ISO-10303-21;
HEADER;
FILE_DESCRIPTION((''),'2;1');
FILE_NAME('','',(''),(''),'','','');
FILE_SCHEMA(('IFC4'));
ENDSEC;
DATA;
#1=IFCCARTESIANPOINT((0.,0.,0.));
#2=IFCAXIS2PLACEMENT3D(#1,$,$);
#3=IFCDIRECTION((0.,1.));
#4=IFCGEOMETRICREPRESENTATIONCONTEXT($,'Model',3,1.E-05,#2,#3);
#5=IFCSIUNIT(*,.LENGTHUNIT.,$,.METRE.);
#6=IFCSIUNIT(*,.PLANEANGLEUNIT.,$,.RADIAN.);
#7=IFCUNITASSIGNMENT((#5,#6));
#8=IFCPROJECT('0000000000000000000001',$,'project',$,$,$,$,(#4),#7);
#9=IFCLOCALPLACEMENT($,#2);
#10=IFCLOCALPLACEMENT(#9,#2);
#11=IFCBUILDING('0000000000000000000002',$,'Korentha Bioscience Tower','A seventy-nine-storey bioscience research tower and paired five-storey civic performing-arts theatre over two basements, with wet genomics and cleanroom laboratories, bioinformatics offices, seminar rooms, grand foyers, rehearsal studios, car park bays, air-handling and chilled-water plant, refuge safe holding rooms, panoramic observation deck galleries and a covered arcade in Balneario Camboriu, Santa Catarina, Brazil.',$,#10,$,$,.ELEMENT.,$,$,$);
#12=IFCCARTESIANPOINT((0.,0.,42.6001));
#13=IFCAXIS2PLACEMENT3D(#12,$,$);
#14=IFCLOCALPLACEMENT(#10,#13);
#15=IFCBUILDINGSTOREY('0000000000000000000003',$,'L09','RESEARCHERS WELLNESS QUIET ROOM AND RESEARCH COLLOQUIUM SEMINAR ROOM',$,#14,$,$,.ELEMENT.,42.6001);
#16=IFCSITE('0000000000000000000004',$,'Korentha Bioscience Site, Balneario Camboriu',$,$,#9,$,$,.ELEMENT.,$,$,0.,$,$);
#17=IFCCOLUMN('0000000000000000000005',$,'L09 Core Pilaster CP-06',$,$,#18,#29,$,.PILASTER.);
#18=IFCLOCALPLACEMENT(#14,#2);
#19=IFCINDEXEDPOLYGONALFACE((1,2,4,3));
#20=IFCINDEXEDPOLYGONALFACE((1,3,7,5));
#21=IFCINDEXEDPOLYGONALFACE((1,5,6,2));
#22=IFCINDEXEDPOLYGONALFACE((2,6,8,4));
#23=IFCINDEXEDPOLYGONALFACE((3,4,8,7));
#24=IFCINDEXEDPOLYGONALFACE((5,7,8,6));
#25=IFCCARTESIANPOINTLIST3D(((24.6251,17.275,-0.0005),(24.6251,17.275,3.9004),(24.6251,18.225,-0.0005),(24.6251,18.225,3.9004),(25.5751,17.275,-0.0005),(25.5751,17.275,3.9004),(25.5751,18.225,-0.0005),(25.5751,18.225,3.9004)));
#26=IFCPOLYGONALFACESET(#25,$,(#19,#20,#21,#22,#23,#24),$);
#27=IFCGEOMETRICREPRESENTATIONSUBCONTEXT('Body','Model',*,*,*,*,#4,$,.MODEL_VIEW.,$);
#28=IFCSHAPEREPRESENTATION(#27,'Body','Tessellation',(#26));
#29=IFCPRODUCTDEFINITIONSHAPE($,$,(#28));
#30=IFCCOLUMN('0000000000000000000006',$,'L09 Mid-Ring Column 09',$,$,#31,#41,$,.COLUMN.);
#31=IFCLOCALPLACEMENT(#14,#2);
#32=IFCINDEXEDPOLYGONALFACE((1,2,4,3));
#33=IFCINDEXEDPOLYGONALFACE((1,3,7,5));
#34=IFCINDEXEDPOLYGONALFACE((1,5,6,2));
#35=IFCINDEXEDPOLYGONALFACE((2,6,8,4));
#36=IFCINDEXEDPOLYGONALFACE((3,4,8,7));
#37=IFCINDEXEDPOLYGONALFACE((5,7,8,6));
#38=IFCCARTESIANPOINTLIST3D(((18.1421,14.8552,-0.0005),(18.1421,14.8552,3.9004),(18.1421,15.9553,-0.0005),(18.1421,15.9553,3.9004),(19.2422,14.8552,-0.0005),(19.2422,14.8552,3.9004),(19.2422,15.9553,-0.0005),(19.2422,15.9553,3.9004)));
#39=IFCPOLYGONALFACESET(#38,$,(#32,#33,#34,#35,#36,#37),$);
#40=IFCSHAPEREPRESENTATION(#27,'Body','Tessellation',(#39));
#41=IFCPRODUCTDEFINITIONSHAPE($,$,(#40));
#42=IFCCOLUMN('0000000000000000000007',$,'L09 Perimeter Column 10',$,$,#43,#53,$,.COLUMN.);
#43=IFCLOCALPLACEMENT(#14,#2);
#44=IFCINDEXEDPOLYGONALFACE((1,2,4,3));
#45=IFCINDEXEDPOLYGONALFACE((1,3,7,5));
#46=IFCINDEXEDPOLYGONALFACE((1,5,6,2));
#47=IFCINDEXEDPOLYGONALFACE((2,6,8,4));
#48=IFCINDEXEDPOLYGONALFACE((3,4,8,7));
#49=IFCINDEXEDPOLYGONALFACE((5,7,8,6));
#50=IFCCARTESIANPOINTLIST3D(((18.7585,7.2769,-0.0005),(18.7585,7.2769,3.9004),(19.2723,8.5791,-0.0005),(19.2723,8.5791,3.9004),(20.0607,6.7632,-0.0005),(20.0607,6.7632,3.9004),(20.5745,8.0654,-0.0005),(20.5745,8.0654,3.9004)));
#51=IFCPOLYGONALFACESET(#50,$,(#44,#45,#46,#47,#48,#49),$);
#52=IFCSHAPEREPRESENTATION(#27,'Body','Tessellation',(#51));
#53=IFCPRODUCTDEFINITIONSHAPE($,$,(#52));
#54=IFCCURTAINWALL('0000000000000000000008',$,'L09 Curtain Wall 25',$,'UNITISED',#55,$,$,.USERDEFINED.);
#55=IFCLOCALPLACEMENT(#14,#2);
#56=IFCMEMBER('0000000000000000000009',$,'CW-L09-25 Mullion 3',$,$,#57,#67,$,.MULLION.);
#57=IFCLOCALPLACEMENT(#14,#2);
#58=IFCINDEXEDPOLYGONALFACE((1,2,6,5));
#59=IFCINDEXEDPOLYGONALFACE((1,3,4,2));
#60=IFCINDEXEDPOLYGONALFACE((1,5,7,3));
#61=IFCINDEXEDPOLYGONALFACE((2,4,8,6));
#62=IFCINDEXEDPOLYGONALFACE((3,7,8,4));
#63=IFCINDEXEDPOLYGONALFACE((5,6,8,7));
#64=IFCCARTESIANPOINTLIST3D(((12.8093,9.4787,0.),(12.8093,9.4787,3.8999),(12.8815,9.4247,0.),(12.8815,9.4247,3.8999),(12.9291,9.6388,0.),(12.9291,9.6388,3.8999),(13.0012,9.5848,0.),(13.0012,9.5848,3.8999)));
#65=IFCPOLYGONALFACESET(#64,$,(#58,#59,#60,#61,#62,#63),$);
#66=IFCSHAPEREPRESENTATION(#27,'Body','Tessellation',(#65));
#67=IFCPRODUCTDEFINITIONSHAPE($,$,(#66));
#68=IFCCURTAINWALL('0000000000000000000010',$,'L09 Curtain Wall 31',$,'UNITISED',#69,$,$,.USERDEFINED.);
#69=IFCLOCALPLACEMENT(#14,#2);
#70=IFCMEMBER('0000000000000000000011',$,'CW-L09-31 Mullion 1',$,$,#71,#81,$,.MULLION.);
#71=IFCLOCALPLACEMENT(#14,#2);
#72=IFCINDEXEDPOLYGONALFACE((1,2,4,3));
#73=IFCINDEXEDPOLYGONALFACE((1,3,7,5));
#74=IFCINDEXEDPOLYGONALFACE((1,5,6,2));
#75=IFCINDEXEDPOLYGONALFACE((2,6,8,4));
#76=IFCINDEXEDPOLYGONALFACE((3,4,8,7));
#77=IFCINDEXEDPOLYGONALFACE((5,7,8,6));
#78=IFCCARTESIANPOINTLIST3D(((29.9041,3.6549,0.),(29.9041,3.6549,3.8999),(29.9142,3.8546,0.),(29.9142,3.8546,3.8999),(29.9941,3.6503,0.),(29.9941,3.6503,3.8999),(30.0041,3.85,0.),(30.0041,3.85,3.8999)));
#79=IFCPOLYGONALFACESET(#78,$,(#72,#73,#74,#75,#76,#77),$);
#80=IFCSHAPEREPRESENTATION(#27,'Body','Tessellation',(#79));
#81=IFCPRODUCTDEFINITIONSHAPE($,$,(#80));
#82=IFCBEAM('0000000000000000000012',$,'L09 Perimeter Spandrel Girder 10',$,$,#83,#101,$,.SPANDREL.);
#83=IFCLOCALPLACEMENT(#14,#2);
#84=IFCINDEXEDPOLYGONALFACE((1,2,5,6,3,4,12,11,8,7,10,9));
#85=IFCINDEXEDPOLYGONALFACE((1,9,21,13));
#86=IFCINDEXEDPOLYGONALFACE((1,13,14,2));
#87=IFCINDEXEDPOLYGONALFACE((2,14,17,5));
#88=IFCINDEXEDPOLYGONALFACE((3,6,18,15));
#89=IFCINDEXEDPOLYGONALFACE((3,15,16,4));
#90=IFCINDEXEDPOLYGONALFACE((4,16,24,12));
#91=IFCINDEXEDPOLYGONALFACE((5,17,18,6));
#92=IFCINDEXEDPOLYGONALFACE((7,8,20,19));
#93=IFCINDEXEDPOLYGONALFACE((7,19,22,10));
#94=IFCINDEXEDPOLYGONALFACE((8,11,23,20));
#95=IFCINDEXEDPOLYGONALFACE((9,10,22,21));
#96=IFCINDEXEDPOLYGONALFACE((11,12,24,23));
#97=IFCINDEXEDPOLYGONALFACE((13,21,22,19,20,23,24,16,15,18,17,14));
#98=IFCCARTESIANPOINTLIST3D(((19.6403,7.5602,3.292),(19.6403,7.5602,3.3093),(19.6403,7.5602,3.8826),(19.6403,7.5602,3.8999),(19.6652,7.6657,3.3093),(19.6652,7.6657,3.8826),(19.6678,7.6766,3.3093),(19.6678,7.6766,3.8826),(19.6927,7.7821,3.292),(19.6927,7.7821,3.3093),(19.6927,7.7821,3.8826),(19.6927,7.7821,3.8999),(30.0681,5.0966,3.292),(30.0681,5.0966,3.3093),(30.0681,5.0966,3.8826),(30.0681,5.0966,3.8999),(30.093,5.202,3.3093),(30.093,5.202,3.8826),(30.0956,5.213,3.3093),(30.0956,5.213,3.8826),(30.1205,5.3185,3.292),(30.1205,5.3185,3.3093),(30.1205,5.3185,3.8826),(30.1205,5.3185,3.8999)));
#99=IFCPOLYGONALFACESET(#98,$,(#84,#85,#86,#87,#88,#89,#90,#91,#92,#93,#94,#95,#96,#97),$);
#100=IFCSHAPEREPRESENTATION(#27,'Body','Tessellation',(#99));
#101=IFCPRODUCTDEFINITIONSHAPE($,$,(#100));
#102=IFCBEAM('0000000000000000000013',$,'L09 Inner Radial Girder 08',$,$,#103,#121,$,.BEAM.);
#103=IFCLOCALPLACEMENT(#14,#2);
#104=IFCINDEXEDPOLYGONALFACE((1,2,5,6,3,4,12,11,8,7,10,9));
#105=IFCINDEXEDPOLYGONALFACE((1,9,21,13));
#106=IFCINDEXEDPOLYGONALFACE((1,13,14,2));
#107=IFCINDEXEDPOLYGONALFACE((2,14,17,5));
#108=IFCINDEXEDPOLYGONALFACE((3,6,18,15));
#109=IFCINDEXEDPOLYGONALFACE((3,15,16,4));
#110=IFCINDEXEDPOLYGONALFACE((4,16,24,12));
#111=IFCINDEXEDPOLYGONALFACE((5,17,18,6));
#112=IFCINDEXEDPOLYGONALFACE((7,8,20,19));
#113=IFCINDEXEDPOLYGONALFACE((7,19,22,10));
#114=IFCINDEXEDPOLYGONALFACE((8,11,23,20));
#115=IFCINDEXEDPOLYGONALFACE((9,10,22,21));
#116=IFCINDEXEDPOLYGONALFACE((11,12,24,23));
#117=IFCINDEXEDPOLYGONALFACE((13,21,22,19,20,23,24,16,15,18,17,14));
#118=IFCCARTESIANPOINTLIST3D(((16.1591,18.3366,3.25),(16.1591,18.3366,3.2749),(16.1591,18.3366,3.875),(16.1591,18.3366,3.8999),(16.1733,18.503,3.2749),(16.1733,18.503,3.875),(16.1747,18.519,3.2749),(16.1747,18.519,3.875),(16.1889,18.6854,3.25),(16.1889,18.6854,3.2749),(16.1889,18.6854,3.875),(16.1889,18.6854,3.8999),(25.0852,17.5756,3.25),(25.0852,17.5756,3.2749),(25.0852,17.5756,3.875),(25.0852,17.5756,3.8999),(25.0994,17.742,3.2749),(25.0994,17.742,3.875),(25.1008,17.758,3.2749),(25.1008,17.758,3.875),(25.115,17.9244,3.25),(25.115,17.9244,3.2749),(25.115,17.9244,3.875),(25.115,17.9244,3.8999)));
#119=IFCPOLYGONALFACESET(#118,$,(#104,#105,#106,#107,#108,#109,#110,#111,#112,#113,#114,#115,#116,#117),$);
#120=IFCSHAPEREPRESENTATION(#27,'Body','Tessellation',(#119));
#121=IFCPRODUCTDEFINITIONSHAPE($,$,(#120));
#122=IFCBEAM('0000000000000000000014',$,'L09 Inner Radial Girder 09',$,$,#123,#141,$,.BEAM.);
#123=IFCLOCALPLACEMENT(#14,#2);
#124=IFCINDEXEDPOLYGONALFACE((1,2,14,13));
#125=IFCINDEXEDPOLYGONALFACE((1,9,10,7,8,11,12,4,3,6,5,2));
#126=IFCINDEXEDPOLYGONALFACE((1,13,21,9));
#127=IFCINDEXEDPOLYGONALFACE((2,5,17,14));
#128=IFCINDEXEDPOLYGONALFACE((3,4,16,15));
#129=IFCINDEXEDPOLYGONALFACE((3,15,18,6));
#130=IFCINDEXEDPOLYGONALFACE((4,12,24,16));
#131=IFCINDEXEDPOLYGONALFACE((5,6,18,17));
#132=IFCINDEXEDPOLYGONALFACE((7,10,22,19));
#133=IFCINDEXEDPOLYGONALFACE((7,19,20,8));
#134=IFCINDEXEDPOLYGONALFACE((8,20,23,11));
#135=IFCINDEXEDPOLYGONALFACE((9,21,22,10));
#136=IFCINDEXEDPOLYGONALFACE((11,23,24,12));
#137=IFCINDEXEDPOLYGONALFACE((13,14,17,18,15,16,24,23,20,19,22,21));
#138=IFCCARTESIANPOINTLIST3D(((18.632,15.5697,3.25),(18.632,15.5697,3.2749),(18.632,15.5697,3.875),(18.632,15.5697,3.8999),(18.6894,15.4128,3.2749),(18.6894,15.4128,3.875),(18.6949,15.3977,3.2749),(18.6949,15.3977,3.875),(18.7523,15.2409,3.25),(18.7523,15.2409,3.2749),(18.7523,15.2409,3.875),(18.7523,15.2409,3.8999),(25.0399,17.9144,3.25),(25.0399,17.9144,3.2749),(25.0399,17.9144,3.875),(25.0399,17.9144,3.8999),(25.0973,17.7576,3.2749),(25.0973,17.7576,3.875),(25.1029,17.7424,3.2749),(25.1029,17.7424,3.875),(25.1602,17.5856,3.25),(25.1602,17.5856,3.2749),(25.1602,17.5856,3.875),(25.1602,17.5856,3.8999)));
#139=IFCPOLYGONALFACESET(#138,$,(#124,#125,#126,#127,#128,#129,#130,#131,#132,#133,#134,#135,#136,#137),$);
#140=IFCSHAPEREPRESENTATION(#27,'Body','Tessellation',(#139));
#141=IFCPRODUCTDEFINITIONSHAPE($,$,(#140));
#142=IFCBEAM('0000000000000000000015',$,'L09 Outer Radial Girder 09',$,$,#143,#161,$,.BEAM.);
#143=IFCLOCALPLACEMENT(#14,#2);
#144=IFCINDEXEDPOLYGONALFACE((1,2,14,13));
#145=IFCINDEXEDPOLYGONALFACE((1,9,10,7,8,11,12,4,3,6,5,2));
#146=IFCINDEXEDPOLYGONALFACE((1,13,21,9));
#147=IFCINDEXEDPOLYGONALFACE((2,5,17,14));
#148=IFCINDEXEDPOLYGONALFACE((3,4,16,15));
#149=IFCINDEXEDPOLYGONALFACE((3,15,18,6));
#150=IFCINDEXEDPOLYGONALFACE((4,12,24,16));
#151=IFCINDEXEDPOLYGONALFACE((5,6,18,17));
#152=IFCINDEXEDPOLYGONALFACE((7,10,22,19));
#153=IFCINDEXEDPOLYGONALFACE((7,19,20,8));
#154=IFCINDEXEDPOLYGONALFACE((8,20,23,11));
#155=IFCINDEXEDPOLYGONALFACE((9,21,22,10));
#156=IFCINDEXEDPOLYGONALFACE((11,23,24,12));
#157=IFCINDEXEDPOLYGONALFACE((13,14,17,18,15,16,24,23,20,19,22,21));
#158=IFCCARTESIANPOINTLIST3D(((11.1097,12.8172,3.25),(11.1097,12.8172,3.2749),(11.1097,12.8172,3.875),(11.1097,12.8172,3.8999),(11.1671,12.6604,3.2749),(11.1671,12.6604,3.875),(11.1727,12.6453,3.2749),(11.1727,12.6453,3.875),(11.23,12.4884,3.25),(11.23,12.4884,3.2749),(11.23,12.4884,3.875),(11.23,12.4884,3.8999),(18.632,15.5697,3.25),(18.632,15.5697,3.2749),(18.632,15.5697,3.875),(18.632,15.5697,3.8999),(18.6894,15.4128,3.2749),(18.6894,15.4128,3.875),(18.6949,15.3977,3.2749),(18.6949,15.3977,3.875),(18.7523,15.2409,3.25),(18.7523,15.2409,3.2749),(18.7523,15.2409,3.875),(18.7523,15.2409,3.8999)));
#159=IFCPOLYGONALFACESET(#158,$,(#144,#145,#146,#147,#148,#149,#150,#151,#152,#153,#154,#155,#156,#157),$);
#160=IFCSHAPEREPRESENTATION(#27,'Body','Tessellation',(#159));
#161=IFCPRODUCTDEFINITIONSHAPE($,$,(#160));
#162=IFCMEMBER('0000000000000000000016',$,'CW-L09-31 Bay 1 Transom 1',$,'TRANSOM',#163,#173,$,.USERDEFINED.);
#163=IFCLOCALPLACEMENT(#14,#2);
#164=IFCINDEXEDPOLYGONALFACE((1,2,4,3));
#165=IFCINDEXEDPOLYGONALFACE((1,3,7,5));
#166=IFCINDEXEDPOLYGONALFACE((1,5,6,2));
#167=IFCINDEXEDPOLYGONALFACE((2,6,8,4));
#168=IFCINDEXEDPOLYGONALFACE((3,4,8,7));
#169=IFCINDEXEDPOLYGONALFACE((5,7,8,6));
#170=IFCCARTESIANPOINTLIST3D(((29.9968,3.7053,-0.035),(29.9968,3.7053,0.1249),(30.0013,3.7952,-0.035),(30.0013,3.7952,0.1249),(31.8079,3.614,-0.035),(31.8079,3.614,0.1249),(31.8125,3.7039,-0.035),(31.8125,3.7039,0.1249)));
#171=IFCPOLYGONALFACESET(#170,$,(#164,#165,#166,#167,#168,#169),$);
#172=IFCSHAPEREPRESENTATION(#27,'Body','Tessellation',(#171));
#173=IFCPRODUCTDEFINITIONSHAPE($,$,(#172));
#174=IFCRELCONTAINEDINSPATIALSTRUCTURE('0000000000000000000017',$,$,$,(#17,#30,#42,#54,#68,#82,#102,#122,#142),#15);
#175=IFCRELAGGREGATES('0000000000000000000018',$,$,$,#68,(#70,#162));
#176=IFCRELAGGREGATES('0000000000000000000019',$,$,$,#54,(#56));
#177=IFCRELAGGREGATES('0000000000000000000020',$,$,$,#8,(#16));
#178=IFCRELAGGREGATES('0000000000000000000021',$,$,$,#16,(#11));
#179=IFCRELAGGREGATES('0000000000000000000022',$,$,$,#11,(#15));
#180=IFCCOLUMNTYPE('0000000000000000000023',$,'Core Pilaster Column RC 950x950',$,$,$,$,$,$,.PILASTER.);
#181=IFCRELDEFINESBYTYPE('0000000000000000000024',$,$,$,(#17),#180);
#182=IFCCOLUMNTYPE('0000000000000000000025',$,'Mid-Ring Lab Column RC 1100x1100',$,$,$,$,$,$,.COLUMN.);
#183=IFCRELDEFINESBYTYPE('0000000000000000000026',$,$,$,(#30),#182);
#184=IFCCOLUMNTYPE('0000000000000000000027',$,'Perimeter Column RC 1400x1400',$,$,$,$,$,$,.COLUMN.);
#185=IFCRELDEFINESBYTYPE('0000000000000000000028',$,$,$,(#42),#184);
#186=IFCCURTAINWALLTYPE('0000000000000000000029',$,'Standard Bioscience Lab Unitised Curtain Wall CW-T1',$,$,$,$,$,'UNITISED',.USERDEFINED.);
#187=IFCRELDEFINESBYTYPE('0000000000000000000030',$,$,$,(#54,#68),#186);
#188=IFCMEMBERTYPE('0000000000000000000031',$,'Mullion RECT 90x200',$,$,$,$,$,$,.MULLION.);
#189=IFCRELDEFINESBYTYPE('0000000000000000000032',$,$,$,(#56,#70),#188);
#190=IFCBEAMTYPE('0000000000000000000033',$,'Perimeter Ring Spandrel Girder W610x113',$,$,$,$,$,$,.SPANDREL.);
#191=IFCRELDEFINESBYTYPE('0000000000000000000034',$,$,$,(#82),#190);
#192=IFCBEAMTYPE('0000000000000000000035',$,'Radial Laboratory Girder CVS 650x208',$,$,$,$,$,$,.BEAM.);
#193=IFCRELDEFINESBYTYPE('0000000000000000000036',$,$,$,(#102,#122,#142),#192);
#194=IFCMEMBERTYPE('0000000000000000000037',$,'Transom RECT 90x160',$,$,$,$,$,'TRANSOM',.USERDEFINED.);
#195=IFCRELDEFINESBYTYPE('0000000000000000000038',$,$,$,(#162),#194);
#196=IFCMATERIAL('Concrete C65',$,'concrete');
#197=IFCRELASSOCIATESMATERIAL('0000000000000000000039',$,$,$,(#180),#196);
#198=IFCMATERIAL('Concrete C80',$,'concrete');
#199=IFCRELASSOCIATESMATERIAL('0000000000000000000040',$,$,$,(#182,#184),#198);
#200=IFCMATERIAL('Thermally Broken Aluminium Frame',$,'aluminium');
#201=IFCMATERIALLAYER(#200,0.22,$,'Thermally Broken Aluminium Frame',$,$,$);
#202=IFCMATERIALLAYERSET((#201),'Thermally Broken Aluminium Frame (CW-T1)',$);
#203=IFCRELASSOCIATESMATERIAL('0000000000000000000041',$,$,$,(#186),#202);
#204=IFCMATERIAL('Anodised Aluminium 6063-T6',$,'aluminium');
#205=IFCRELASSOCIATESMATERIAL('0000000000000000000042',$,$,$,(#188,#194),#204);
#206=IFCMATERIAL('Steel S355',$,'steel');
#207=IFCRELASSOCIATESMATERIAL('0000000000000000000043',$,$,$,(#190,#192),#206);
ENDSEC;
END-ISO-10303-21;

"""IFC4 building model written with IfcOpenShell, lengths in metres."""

from ifc_helpers import new_model, si_unit, direction, frame, origin, origin_2d, place, context, subcontext, project, spatial, rectangle, i_section, extrude, material, layer, layer_set, material_profile, profile_set, type_object, element, aggregate, save


model = new_model("IFC4")

# Units and contexts
model_context = context("Model", 3, precision=1e-05, world=origin(), true_north=direction((0.0, 1.0)))
body_context = subcontext(model_context, "Body", "Model", "MODEL_VIEW")
ifc_project = project(units=[si_unit("LENGTHUNIT", "METRE"), si_unit("PLANEANGLEUNIT", "RADIAN")], contexts=[model_context])

# Site, building, storey
site_placement = place(None, origin())
site = spatial("IfcSite", under=ifc_project, at=site_placement, Name="Korentha Bioscience Site, Balneario Camboriu", CompositionType="ELEMENT", RefElevation=0.0)
building_placement = place(site_placement, origin())
building = spatial("IfcBuilding", under=site, at=building_placement, Name="Korentha Bioscience Tower", Description="A seventy-nine-storey bioscience research tower and paired five-storey civic performing-arts theatre over two basements, with wet genomics and cleanroom laboratories, bioinformatics offices, seminar rooms, grand foyers, rehearsal studios, car park bays, air-handling and chilled-water plant, refuge safe holding rooms, panoramic observation deck galleries and a covered arcade in Balneario Camboriu, Santa Catarina, Brazil.", CompositionType="ELEMENT")
storey_placement = place(building_placement, frame((0.0, 0.0, 42.6001)))
storey = spatial("IfcBuildingStorey", under=building, at=storey_placement, Name="L09", Description="RESEARCHERS WELLNESS QUIET ROOM AND RESEARCH COLLOQUIUM SEMINAR ROOM", CompositionType="ELEMENT", Elevation=42.6001)

# Columns
ifc_material_1 = material(Name="Concrete C65", Category="concrete")
ifc_material_profile_1 = material_profile(ifc_material_1, rectangle(XDim=0.95, YDim=0.95, at=origin_2d()), Name="Concrete C65")
ifc_profile_set_1 = profile_set([ifc_material_profile_1], Name="Concrete C65 (COL-CP09)")
column_type_1 = type_object("IfcColumnType", Name="Core Pilaster Column RC 950x950", PredefinedType="PILASTER", material=ifc_profile_set_1)
column_1_placement = place(storey_placement, frame((25.1001, 17.75, -0.0005), z_axis=(0.0, 0.0, 1.0), x_axis=(1.0, 0.0, 0.0)))
element("IfcColumn", 1, at=column_1_placement, inside=storey, type_object=column_type_1, Name="L09 Core Pilaster CP-06", PredefinedType="PILASTER", context=body_context, shape_type="SweptSolid", body=[
    extrude(rectangle(XDim=0.95, YDim=0.95, at=origin_2d()), origin(), (0.0, 0.0, 1.0), 3.9009),
])
ifc_material_2 = material(Name="Concrete C80", Category="concrete")
ifc_material_profile_2 = material_profile(ifc_material_2, rectangle(XDim=1.1001, YDim=1.1001, at=origin_2d()), Name="Concrete C80")
ifc_profile_set_2 = profile_set([ifc_material_profile_2], Name="Concrete C80 (COL-MR11)")
column_type_2 = type_object("IfcColumnType", Name="Mid-Ring Lab Column RC 1100x1100", PredefinedType="COLUMN", material=ifc_profile_set_2)
column_2_placement = place(storey_placement, frame((18.6921, 15.4053, -0.0005), z_axis=(0.0, 0.0, 1.0), x_axis=(1.0, 0.0, 0.0)))
element("IfcColumn", 2, at=column_2_placement, inside=storey, type_object=column_type_2, Name="L09 Mid-Ring Column 09", PredefinedType="COLUMN", context=body_context, shape_type="SweptSolid", body=[
    extrude(rectangle(XDim=1.1001, YDim=1.1001, at=origin_2d()), origin(), (0.0, 0.0, 1.0), 3.9009),
])
ifc_material_profile_3 = material_profile(ifc_material_2, rectangle(XDim=1.3999, YDim=1.3999, at=origin_2d()), Name="Concrete C80")
ifc_profile_set_3 = profile_set([ifc_material_profile_3], Name="Concrete C80 (COL-P14)")
column_type_3 = type_object("IfcColumnType", Name="Perimeter Column RC 1400x1400", PredefinedType="COLUMN", material=ifc_profile_set_3)
column_3_placement = place(storey_placement, frame((19.6665, 7.6711, -0.0005), z_axis=(0.0, 0.0, 1.0), x_axis=(-0.930226, 0.366988, 0.0)))
element("IfcColumn", 3, at=column_3_placement, inside=storey, type_object=column_type_3, Name="L09 Perimeter Column 10", PredefinedType="COLUMN", context=body_context, shape_type="SweptSolid", body=[
    extrude(rectangle(XDim=1.3999, YDim=1.3999, at=origin_2d()), origin(), (0.0, 0.0, 1.0), 3.9009),
])

# Curtain walls, members
ifc_material_3 = material(Name="Thermally Broken Aluminium Frame", Category="aluminium")
ifc_layer_1 = layer(ifc_material_3, 0.22, Name="Thermally Broken Aluminium Frame")
ifc_layer_set_1 = layer_set([ifc_layer_1], Name="Thermally Broken Aluminium Frame (CW-T1)")
curtain_wall_type = type_object("IfcCurtainWallType", Name="Standard Bioscience Lab Unitised Curtain Wall CW-T1", ElementType="UNITISED", PredefinedType="USERDEFINED", material=ifc_layer_set_1)
curtain_wall_1_placement = place(storey_placement, origin())
curtain_wall_1 = element("IfcCurtainWall", 4, at=curtain_wall_1_placement, inside=storey, type_object=curtain_wall_type, Name="L09 Curtain Wall 25", ObjectType="UNITISED", PredefinedType="USERDEFINED")
ifc_material_4 = material(Name="Anodised Aluminium 6063-T6", Category="aluminium")
ifc_material_profile_4 = material_profile(ifc_material_4, rectangle(XDim=0.0901, YDim=0.2, at=origin_2d()), Name="Anodised Aluminium 6063-T6")
ifc_profile_set_4 = profile_set([ifc_material_profile_4], Name="Anodised Aluminium 6063-T6 (CW-MUL)")
member_type_1 = type_object("IfcMemberType", Name="Mullion RECT 90x200", PredefinedType="MULLION", material=ifc_profile_set_4)
member_1_placement = place(storey_placement, frame((12.9053, 9.5317, 0.0), z_axis=(0.0, 0.0, 1.0), x_axis=(0.800798, -0.598935, 0.0)))
member_1 = element("IfcMember", 5, at=member_1_placement, type_object=member_type_1, Name="CW-L09-25 Mullion 3", PredefinedType="MULLION", context=body_context, shape_type="SweptSolid", body=[
    extrude(rectangle(XDim=0.0901, YDim=0.2, at=origin_2d()), origin(), (0.0, 0.0, 1.0), 3.8999),
])
curtain_wall_2_placement = place(storey_placement, origin())
curtain_wall_2 = element("IfcCurtainWall", 6, at=curtain_wall_2_placement, inside=storey, type_object=curtain_wall_type, Name="L09 Curtain Wall 31", ObjectType="UNITISED", PredefinedType="USERDEFINED")
member_2_placement = place(storey_placement, frame((29.9541, 3.7524, 0.0), z_axis=(0.0, 0.0, 1.0), x_axis=(0.998731, -0.050371, 0.0)))
member_2 = element("IfcMember", 7, at=member_2_placement, type_object=member_type_1, Name="CW-L09-31 Mullion 1", PredefinedType="MULLION", context=body_context, shape_type="SweptSolid", body=[
    extrude(rectangle(XDim=0.0901, YDim=0.2, at=origin_2d()), origin(), (0.0, 0.0, 1.0), 3.8999),
])

# Beams
ifc_material_5 = material(Name="Steel S355", Category="steel")
ifc_material_profile_5 = material_profile(ifc_material_5, i_section(OverallWidth=0.228, OverallDepth=0.6079, WebThickness=0.0112, FlangeThickness=0.0173, at=origin_2d()), Name="Steel S355")
ifc_profile_set_5 = profile_set([ifc_material_profile_5], Name="Steel S355 (SB-610)")
beam_type_1 = type_object("IfcBeamType", Name="Perimeter Ring Spandrel Girder W610x113", PredefinedType="SPANDREL", material=ifc_profile_set_5)
beam_1_placement = place(storey_placement, frame((19.6665, 7.6711, 3.5959), z_axis=(0.973208, -0.229927, 0.0), x_axis=(0.229927, 0.973208, 0.0)))
element("IfcBeam", 8, at=beam_1_placement, inside=storey, type_object=beam_type_1, Name="L09 Perimeter Spandrel Girder 10", PredefinedType="SPANDREL", context=body_context, shape_type="SweptSolid", body=[
    extrude(i_section(OverallWidth=0.228, OverallDepth=0.6079, WebThickness=0.0112, FlangeThickness=0.0173, at=origin_2d()), origin(), (0.0, 0.0, 1.0), 10.7148),
])
ifc_material_profile_6 = material_profile(ifc_material_5, i_section(OverallWidth=0.3501, OverallDepth=0.6499, WebThickness=0.0161, FlangeThickness=0.0249, at=origin_2d()), Name="Steel S355")
ifc_profile_set_6 = profile_set([ifc_material_profile_6], Name="Steel S355 (RB-650)")
beam_type_2 = type_object("IfcBeamType", Name="Radial Laboratory Girder CVS 650x208", PredefinedType="BEAM", material=ifc_profile_set_6)
beam_2_placement = place(storey_placement, frame((25.1001, 17.75, 3.575), z_axis=(-0.996386, 0.084947, 0.0), x_axis=(-0.084947, -0.996386, 0.0)))
element("IfcBeam", 9, at=beam_2_placement, inside=storey, type_object=beam_type_2, Name="L09 Inner Radial Girder 08", PredefinedType="BEAM", context=body_context, shape_type="SweptSolid", body=[
    extrude(i_section(OverallWidth=0.3501, OverallDepth=0.6499, WebThickness=0.0161, FlangeThickness=0.0249, at=origin_2d()), origin(), (0.0, 0.0, 1.0), 8.9585),
])
beam_3_placement = place(storey_placement, frame((25.1001, 17.75, 3.575), z_axis=(-0.939106, -0.343627, 0.0), x_axis=(0.343627, -0.939106, 0.0)))
element("IfcBeam", 10, at=beam_3_placement, inside=storey, type_object=beam_type_2, Name="L09 Inner Radial Girder 09", PredefinedType="BEAM", context=body_context, shape_type="SweptSolid", body=[
    extrude(i_section(OverallWidth=0.3501, OverallDepth=0.6499, WebThickness=0.0161, FlangeThickness=0.0249, at=origin_2d()), origin(), (0.0, 0.0, 1.0), 6.8235),
])
beam_4_placement = place(storey_placement, frame((18.6921, 15.4053, 3.575), z_axis=(-0.939106, -0.343627, 0.0), x_axis=(0.343627, -0.939106, 0.0)))
element("IfcBeam", 11, at=beam_4_placement, inside=storey, type_object=beam_type_2, Name="L09 Outer Radial Girder 09", PredefinedType="BEAM", context=body_context, shape_type="SweptSolid", body=[
    extrude(i_section(OverallWidth=0.3501, OverallDepth=0.6499, WebThickness=0.0161, FlangeThickness=0.0249, at=origin_2d()), origin(), (0.0, 0.0, 1.0), 8.01),
])

# Member
ifc_material_profile_7 = material_profile(ifc_material_4, rectangle(XDim=0.0901, YDim=0.1599, at=origin_2d()), Name="Anodised Aluminium 6063-T6")
ifc_profile_set_7 = profile_set([ifc_material_profile_7], Name="Anodised Aluminium 6063-T6 (CW-TRN)")
member_type_2 = type_object("IfcMemberType", Name="Transom RECT 90x160", ElementType="TRANSOM", PredefinedType="USERDEFINED", material=ifc_profile_set_7)
member_3_placement = place(storey_placement, frame((29.999, 3.7502, 0.0449), z_axis=(0.998732, -0.050347, 0.0), x_axis=(0.050347, 0.998732, 0.0)))
member_3 = element("IfcMember", 12, at=member_3_placement, type_object=member_type_2, Name="CW-L09-31 Bay 1 Transom 1", ObjectType="TRANSOM", PredefinedType="USERDEFINED", context=body_context, shape_type="SweptSolid", body=[
    extrude(rectangle(XDim=0.0901, YDim=0.1599, at=origin_2d()), origin(), (0.0, 0.0, 1.0), 1.8135),
])
aggregate(curtain_wall_2, [member_2, member_3])

aggregate(curtain_wall_1, [member_1])

save(model, "model.ifc")
